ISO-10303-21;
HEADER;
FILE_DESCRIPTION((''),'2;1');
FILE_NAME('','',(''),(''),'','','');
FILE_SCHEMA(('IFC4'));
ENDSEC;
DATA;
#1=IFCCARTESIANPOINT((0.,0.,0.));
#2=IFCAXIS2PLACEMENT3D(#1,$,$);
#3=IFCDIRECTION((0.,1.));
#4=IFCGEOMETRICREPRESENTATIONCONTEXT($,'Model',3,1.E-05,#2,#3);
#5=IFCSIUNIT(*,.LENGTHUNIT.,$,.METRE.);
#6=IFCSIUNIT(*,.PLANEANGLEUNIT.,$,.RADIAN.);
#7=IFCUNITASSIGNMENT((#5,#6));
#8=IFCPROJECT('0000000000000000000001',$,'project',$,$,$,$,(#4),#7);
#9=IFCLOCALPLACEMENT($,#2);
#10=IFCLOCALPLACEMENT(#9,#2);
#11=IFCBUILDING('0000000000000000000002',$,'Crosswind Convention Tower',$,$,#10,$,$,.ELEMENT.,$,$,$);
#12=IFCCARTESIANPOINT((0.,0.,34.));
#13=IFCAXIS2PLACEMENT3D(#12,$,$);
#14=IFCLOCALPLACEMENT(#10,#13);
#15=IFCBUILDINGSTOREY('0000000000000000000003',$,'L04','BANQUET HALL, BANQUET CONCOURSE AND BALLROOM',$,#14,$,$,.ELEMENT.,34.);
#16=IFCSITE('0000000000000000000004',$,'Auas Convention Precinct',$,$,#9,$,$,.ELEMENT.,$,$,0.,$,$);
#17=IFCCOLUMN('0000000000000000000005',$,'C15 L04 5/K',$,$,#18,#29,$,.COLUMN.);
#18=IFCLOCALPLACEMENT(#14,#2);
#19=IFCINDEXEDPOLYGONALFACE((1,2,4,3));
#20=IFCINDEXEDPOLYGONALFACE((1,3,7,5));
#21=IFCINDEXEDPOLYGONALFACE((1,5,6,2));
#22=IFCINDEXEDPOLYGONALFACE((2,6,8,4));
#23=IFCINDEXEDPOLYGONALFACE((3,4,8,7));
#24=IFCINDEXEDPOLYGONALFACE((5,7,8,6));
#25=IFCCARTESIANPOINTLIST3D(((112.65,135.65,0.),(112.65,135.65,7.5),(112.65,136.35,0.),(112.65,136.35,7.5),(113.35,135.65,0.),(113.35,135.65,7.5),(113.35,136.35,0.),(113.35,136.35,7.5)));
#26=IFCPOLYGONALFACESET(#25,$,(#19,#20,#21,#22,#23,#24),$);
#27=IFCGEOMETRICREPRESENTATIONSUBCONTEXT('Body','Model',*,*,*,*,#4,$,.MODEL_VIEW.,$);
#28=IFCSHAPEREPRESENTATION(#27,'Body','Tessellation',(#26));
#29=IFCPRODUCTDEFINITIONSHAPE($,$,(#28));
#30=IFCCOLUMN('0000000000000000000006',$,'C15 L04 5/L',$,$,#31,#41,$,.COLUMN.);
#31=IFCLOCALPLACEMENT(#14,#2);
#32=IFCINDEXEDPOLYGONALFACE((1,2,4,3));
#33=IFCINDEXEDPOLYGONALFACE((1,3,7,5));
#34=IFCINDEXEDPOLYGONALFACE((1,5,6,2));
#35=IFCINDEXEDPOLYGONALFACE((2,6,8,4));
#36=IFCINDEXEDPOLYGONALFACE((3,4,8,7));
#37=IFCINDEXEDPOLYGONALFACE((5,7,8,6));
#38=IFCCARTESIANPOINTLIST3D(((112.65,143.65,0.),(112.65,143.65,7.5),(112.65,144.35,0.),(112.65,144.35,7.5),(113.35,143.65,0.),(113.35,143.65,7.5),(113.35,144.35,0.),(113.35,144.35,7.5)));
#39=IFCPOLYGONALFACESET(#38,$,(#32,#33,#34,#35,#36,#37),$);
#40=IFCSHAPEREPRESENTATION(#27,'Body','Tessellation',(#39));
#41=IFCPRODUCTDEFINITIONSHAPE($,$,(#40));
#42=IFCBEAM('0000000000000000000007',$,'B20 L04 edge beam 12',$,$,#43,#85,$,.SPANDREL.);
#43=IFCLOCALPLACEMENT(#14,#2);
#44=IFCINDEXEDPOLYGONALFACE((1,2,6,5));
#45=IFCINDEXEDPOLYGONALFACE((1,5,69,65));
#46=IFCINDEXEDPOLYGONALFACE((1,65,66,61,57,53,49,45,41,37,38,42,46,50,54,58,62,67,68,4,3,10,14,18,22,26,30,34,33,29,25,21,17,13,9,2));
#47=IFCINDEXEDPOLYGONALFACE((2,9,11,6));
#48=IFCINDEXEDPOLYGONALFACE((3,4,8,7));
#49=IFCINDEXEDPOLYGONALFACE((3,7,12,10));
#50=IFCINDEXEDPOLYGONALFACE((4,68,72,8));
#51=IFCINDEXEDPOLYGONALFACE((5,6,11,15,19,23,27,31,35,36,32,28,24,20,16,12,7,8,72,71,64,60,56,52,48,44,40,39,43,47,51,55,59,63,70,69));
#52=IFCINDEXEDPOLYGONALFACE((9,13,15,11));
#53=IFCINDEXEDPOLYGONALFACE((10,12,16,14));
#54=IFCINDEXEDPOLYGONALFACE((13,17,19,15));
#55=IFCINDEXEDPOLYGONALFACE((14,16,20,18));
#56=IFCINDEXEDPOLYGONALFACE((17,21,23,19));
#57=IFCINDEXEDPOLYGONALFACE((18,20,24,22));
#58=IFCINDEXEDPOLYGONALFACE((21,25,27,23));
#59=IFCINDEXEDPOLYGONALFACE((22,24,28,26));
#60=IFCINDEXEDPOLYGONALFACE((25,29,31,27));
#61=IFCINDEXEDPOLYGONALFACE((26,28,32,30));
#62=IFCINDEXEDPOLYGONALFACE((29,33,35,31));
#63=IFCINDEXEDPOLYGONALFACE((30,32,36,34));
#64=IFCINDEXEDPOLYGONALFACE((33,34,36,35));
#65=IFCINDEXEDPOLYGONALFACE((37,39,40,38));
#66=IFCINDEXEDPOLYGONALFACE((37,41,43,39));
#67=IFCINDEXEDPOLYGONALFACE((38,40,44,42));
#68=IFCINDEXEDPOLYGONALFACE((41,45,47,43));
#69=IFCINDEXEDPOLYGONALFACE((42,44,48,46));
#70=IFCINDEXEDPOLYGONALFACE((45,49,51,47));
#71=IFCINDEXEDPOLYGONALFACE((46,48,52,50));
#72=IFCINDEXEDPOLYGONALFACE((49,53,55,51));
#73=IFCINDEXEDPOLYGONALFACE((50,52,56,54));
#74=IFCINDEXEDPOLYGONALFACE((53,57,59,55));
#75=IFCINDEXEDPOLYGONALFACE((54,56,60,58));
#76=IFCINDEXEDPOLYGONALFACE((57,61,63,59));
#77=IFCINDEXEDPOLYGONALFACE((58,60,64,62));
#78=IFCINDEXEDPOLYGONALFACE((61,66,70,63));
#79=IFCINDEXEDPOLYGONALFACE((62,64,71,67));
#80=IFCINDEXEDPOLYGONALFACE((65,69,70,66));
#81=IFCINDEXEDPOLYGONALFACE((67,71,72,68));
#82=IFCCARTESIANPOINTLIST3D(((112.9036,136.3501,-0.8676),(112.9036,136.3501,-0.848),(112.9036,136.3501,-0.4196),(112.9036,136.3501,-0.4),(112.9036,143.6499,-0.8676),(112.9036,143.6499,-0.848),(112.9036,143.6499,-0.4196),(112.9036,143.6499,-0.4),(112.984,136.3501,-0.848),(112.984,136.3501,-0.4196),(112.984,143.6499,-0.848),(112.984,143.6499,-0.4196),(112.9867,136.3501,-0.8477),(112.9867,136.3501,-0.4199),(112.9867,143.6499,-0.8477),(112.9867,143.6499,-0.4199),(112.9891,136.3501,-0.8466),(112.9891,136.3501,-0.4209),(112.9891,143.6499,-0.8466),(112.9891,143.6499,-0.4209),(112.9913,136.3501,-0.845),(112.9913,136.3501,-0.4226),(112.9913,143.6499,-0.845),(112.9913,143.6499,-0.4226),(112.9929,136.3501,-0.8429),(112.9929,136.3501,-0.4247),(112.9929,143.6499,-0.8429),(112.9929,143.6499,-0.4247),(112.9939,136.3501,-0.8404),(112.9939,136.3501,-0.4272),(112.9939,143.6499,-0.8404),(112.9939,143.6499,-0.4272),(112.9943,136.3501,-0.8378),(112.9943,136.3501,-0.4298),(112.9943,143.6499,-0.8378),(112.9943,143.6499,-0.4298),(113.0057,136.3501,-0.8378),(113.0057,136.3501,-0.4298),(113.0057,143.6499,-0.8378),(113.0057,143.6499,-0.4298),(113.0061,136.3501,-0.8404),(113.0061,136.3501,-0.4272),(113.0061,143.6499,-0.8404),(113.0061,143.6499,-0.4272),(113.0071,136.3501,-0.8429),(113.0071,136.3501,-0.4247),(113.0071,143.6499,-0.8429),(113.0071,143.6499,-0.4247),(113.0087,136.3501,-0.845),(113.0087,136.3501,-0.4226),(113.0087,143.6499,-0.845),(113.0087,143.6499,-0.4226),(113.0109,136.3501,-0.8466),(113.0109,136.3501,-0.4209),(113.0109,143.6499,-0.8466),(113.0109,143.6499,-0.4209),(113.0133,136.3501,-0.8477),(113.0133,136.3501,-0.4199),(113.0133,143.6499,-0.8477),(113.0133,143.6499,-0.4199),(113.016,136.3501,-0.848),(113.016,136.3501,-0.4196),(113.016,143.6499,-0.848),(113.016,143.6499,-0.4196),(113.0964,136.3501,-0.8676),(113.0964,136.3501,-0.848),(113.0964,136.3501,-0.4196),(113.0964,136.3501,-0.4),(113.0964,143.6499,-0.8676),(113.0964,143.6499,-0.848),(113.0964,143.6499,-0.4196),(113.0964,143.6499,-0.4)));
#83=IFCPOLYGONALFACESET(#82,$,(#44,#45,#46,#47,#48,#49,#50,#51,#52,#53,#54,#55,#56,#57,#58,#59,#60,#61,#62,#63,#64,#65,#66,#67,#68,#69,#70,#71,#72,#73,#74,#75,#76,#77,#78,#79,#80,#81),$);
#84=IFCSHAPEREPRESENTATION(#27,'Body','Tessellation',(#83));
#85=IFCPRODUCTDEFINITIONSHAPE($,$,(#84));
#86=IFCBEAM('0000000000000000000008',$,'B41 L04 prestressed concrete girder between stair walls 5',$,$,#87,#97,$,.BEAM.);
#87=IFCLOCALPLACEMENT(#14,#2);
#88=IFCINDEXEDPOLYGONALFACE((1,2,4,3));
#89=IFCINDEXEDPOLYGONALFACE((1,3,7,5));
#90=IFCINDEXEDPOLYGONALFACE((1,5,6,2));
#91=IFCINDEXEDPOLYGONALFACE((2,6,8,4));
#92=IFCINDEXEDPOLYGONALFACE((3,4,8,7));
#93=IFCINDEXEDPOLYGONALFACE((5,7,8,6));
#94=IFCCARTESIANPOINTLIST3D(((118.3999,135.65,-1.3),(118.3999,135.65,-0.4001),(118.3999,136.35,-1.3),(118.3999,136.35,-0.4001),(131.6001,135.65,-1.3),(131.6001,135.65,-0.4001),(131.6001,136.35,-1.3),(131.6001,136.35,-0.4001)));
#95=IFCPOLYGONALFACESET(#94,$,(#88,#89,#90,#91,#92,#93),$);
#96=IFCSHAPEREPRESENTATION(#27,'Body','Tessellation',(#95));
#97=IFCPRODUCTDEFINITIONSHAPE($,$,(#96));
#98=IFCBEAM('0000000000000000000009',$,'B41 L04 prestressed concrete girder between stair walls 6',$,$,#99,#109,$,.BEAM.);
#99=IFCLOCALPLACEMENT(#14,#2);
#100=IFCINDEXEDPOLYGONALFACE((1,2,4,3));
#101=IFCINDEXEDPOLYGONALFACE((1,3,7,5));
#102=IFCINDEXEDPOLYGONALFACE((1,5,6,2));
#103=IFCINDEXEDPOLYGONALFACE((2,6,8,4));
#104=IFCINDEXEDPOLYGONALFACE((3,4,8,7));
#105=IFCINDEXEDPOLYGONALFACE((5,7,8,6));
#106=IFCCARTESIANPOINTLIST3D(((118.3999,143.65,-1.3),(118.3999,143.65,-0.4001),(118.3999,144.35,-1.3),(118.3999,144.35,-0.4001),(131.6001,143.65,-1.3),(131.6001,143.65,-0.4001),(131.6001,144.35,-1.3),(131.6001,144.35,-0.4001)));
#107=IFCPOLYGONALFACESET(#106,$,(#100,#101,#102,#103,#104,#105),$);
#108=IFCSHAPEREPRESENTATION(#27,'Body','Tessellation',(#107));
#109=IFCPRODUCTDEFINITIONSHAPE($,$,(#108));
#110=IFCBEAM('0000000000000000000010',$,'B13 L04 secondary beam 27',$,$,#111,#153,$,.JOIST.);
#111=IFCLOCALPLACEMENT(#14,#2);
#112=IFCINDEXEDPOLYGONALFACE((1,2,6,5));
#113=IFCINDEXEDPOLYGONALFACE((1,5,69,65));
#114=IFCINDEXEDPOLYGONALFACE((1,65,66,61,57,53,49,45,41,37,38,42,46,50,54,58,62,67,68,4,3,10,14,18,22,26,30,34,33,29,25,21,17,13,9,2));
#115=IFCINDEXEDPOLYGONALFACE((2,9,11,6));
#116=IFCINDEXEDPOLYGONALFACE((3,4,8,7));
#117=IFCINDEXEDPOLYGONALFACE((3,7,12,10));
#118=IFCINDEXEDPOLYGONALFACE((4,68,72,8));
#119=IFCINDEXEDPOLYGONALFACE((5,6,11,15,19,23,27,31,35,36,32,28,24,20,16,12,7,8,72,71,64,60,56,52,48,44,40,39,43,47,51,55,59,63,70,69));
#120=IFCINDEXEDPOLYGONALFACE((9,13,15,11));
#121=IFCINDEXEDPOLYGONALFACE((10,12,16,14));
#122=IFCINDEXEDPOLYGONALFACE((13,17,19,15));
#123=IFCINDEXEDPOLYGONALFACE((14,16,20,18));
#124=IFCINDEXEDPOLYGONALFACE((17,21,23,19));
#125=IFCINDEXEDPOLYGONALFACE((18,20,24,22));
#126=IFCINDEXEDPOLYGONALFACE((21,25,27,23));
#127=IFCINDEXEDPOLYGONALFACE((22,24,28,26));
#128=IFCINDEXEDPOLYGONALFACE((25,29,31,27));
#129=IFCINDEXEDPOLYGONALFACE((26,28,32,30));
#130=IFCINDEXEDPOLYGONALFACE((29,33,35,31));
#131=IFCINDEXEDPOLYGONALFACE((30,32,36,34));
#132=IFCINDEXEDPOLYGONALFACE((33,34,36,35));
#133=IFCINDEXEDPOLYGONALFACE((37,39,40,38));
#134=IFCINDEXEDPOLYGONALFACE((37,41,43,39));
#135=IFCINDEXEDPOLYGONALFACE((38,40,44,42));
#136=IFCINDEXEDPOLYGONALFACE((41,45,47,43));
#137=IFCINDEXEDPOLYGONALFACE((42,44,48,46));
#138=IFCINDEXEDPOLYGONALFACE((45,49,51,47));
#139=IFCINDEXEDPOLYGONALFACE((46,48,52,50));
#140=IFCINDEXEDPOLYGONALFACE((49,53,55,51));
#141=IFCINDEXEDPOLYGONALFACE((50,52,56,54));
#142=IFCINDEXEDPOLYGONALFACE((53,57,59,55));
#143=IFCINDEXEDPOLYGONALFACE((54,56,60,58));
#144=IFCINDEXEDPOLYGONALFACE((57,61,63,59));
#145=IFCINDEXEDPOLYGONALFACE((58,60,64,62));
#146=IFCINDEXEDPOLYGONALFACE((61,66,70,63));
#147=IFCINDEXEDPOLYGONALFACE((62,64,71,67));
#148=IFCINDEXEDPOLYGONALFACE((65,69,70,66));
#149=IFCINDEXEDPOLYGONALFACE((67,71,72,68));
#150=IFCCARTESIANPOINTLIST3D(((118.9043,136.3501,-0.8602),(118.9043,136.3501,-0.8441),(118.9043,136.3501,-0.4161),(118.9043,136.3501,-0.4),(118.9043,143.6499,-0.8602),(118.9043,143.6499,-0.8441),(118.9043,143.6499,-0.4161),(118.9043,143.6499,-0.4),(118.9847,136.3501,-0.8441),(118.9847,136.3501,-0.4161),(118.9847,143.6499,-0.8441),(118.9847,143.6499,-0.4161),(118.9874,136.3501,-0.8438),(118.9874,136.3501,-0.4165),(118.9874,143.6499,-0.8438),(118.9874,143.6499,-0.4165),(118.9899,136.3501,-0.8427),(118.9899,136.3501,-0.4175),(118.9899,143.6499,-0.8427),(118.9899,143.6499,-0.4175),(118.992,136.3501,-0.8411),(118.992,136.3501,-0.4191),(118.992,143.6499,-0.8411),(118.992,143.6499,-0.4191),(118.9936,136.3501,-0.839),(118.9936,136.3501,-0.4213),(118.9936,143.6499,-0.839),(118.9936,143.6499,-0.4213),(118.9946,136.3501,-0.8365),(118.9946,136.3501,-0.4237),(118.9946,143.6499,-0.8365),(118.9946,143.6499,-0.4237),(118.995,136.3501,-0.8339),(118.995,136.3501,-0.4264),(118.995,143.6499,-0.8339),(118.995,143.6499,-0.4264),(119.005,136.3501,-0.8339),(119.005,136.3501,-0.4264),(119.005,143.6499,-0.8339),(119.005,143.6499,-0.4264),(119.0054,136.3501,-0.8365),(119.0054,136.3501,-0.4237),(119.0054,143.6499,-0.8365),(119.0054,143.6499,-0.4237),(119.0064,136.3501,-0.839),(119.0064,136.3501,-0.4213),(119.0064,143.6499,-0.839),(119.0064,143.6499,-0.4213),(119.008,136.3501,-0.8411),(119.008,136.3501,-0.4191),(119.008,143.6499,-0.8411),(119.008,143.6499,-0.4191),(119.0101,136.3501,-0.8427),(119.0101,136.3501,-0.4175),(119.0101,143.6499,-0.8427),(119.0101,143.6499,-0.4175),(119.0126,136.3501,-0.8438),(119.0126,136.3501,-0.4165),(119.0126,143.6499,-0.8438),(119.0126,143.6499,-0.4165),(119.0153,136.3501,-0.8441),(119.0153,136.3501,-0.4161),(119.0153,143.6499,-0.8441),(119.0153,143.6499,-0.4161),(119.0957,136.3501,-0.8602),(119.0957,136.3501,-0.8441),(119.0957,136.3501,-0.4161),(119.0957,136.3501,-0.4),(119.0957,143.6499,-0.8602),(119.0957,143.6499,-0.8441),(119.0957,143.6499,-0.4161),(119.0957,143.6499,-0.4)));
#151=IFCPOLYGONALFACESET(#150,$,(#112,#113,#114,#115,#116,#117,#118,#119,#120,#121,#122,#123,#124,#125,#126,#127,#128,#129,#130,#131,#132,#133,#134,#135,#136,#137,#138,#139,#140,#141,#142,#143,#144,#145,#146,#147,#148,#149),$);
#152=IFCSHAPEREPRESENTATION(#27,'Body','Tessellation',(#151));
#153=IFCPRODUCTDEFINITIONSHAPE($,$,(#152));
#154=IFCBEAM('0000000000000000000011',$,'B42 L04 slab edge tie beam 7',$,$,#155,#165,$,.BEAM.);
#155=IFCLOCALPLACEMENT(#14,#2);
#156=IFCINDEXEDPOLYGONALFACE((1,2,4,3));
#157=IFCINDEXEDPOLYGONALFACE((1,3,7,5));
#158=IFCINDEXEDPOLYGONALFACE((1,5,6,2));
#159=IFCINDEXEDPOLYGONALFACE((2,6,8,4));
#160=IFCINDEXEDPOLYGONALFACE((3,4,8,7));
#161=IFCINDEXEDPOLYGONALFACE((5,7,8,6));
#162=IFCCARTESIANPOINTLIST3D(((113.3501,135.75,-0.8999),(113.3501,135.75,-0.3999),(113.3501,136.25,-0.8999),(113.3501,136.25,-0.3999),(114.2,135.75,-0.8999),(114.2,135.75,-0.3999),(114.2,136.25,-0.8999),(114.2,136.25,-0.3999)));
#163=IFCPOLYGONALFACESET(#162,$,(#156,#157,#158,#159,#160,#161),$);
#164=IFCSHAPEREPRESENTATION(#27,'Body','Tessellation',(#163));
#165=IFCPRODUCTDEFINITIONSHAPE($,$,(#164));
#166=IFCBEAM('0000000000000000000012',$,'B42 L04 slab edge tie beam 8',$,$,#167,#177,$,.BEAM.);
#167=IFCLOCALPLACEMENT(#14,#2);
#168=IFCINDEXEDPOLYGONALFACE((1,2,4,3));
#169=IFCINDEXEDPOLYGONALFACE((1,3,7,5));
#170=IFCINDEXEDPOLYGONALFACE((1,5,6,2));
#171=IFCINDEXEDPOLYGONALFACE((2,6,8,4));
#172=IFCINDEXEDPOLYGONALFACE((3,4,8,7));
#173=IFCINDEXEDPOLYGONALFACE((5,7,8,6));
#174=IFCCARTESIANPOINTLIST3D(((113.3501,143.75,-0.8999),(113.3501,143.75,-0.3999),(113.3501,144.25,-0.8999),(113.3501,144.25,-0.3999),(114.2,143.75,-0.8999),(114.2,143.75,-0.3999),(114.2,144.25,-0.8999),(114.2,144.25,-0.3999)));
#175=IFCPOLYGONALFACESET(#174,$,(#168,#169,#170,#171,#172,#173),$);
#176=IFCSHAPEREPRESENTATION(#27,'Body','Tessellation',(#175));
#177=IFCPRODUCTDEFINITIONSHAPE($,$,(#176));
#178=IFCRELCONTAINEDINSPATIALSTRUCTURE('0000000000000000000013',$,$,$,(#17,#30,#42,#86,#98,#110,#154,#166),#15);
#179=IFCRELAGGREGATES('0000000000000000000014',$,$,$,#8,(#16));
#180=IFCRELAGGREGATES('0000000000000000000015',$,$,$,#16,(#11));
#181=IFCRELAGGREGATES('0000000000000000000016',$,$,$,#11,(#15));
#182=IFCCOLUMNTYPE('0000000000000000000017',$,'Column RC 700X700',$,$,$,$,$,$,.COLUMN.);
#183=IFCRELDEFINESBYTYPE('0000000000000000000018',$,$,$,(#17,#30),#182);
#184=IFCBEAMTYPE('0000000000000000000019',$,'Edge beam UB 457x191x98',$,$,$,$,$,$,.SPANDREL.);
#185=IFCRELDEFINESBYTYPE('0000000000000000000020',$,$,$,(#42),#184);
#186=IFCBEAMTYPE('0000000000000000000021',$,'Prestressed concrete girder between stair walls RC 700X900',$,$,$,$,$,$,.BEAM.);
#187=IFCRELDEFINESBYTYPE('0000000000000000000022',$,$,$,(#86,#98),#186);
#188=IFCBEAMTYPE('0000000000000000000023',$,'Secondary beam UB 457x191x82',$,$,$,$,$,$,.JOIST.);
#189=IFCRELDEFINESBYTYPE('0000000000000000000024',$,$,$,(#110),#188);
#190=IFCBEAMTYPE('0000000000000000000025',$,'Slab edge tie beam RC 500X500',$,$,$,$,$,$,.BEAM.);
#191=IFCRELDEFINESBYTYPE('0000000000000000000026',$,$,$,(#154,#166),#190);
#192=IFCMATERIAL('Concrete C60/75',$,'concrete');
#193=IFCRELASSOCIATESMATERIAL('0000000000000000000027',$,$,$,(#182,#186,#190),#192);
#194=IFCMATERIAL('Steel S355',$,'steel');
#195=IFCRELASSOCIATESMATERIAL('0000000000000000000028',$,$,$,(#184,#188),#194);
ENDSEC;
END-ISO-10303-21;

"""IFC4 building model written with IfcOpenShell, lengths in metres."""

from ifc_helpers import new_model, si_unit, direction, frame, origin, origin_2d, place, context, subcontext, project, spatial, rectangle, i_section, extrude, material, material_profile, profile_set, type_object, element, save


model = new_model("IFC4")

# Units and contexts
model_context = context("Model", 3, precision=1e-05, world=origin(), true_north=direction((0.0, 1.0)))
body_context = subcontext(model_context, "Body", "Model", "MODEL_VIEW")
ifc_project = project(units=[si_unit("LENGTHUNIT", "METRE"), si_unit("PLANEANGLEUNIT", "RADIAN")], contexts=[model_context])

# Site, building, storey
site_placement = place(None, origin())
site = spatial("IfcSite", under=ifc_project, at=site_placement, Name="Auas Convention Precinct", CompositionType="ELEMENT", RefElevation=0.0)
building_placement = place(site_placement, origin())
building = spatial("IfcBuilding", under=site, at=building_placement, Name="Crosswind Convention Tower", CompositionType="ELEMENT")
storey_placement = place(building_placement, frame((0.0, 0.0, 34.0)))
storey = spatial("IfcBuildingStorey", under=building, at=storey_placement, Name="L04", Description="BANQUET HALL, BANQUET CONCOURSE AND BALLROOM", CompositionType="ELEMENT", Elevation=34.0)

# Columns
ifc_material_1 = material(Name="Concrete C60/75", Category="concrete")
ifc_material_profile_1 = material_profile(ifc_material_1, rectangle(XDim=0.7, YDim=0.7, at=origin_2d()), Name="RC 700X700")
ifc_profile_set_1 = profile_set([ifc_material_profile_1], Name="Concrete C60/75")
column_type = type_object("IfcColumnType", Name="Column RC 700X700", PredefinedType="COLUMN", material=ifc_profile_set_1)
for number, where, z_axis, x_axis, name in (
    (1, (113.0, 136.0, 0.0), (0.0, 0.0, 1.0), (1.0, 0.0, 0.0), "C15 L04 5/K"),
    (2, (113.0, 144.0, 0.0), (0.0, 0.0, 1.0), (1.0, 0.0, 0.0), "C15 L04 5/L"),
):
    element("IfcColumn", number, at=place(storey_placement, frame(where, z_axis=z_axis, x_axis=x_axis)), inside=storey, type_object=column_type, Name=name, PredefinedType="COLUMN", context=body_context, shape_type="SweptSolid", body=[
        extrude(rectangle(XDim=0.7, YDim=0.7, at=origin_2d()), origin(), (0.0, 0.0, 1.0), 7.5),
    ])

# Beams
ifc_material_2 = material(Name="Steel S355", Category="steel")
ifc_material_profile_2 = material_profile(ifc_material_2, i_section(OverallWidth=0.1929, OverallDepth=0.4675, WebThickness=0.0115, FlangeThickness=0.0195, FilletRadius=0.0103, at=origin_2d()), Name="UB 457x191x98")
ifc_profile_set_2 = profile_set([ifc_material_profile_2], Name="Steel S355")
beam_type_1 = type_object("IfcBeamType", Name="Edge beam UB 457x191x98", PredefinedType="SPANDREL", material=ifc_profile_set_2)
beam_1_placement = place(storey_placement, frame((113.0, 136.3501, -0.6338), z_axis=(0.0, 1.0, 0.0), x_axis=(-1.0, 0.0, 0.0)))
element("IfcBeam", 3, at=beam_1_placement, inside=storey, type_object=beam_type_1, Name="B20 L04 edge beam 12", PredefinedType="SPANDREL", context=body_context, shape_type="SweptSolid", body=[
    extrude(i_section(OverallWidth=0.1929, OverallDepth=0.4675, WebThickness=0.0115, FlangeThickness=0.0195, FilletRadius=0.0103, at=origin_2d()), origin(), (0.0, 0.0, 1.0), 7.2998),
])
ifc_material_profile_3 = material_profile(ifc_material_1, rectangle(XDim=0.7, YDim=0.8999, at=origin_2d()), Name="RC 700X900")
ifc_profile_set_3 = profile_set([ifc_material_profile_3], Name="Concrete C60/75")
beam_type_2 = type_object("IfcBeamType", Name="Prestressed concrete girder between stair walls RC 700X900", PredefinedType="BEAM", material=ifc_profile_set_3)
for number, where, z_axis, x_axis, name in (
    (4, (118.3999, 136.0, -0.8501), (1.0, 0.0, 0.0), (0.0, 1.0, 0.0), "B41 L04 prestressed concrete girder between stair walls 5"),
    (5, (118.3999, 144.0, -0.8501), (1.0, 0.0, 0.0), (0.0, 1.0, 0.0), "B41 L04 prestressed concrete girder between stair walls 6"),
):
    element("IfcBeam", number, at=place(storey_placement, frame(where, z_axis=z_axis, x_axis=x_axis)), inside=storey, type_object=beam_type_2, Name=name, PredefinedType="BEAM", context=body_context, shape_type="SweptSolid", body=[
        extrude(rectangle(XDim=0.7, YDim=0.8999, at=origin_2d()), origin(), (0.0, 0.0, 1.0), 13.2002),
    ])
ifc_material_profile_4 = material_profile(ifc_material_2, i_section(OverallWidth=0.1914, OverallDepth=0.4602, WebThickness=0.01, FlangeThickness=0.0161, FilletRadius=0.0103, at=origin_2d()), Name="UB 457x191x82")
ifc_profile_set_4 = profile_set([ifc_material_profile_4], Name="Steel S355")
beam_type_3 = type_object("IfcBeamType", Name="Secondary beam UB 457x191x82", PredefinedType="JOIST", material=ifc_profile_set_4)
beam_2_placement = place(storey_placement, frame((119.0, 136.3501, -0.6301), z_axis=(0.0, 1.0, 0.0), x_axis=(-1.0, 0.0, 0.0)))
element("IfcBeam", 6, at=beam_2_placement, inside=storey, type_object=beam_type_3, Name="B13 L04 secondary beam 27", PredefinedType="JOIST", context=body_context, shape_type="SweptSolid", body=[
    extrude(i_section(OverallWidth=0.1914, OverallDepth=0.4602, WebThickness=0.01, FlangeThickness=0.0161, FilletRadius=0.0103, at=origin_2d()), origin(), (0.0, 0.0, 1.0), 7.2998),
])
ifc_material_profile_5 = material_profile(ifc_material_1, rectangle(XDim=0.5, YDim=0.5, at=origin_2d()), Name="RC 500X500")
ifc_profile_set_5 = profile_set([ifc_material_profile_5], Name="Concrete C60/75")
beam_type_4 = type_object("IfcBeamType", Name="Slab edge tie beam RC 500X500", PredefinedType="BEAM", material=ifc_profile_set_5)
for number, where, z_axis, x_axis, name in (
    (7, (113.3501, 136.0, -0.6499), (1.0, 0.0, 0.0), (0.0, 1.0, 0.0), "B42 L04 slab edge tie beam 7"),
    (8, (113.3501, 144.0, -0.6499), (1.0, 0.0, 0.0), (0.0, 1.0, 0.0), "B42 L04 slab edge tie beam 8"),
):
    element("IfcBeam", number, at=place(storey_placement, frame(where, z_axis=z_axis, x_axis=x_axis)), inside=storey, type_object=beam_type_4, Name=name, PredefinedType="BEAM", context=body_context, shape_type="SweptSolid", body=[
        extrude(rectangle(XDim=0.5, YDim=0.5, at=origin_2d()), origin(), (0.0, 0.0, 1.0), 0.8499),
    ])

save(model, "model.ifc")
